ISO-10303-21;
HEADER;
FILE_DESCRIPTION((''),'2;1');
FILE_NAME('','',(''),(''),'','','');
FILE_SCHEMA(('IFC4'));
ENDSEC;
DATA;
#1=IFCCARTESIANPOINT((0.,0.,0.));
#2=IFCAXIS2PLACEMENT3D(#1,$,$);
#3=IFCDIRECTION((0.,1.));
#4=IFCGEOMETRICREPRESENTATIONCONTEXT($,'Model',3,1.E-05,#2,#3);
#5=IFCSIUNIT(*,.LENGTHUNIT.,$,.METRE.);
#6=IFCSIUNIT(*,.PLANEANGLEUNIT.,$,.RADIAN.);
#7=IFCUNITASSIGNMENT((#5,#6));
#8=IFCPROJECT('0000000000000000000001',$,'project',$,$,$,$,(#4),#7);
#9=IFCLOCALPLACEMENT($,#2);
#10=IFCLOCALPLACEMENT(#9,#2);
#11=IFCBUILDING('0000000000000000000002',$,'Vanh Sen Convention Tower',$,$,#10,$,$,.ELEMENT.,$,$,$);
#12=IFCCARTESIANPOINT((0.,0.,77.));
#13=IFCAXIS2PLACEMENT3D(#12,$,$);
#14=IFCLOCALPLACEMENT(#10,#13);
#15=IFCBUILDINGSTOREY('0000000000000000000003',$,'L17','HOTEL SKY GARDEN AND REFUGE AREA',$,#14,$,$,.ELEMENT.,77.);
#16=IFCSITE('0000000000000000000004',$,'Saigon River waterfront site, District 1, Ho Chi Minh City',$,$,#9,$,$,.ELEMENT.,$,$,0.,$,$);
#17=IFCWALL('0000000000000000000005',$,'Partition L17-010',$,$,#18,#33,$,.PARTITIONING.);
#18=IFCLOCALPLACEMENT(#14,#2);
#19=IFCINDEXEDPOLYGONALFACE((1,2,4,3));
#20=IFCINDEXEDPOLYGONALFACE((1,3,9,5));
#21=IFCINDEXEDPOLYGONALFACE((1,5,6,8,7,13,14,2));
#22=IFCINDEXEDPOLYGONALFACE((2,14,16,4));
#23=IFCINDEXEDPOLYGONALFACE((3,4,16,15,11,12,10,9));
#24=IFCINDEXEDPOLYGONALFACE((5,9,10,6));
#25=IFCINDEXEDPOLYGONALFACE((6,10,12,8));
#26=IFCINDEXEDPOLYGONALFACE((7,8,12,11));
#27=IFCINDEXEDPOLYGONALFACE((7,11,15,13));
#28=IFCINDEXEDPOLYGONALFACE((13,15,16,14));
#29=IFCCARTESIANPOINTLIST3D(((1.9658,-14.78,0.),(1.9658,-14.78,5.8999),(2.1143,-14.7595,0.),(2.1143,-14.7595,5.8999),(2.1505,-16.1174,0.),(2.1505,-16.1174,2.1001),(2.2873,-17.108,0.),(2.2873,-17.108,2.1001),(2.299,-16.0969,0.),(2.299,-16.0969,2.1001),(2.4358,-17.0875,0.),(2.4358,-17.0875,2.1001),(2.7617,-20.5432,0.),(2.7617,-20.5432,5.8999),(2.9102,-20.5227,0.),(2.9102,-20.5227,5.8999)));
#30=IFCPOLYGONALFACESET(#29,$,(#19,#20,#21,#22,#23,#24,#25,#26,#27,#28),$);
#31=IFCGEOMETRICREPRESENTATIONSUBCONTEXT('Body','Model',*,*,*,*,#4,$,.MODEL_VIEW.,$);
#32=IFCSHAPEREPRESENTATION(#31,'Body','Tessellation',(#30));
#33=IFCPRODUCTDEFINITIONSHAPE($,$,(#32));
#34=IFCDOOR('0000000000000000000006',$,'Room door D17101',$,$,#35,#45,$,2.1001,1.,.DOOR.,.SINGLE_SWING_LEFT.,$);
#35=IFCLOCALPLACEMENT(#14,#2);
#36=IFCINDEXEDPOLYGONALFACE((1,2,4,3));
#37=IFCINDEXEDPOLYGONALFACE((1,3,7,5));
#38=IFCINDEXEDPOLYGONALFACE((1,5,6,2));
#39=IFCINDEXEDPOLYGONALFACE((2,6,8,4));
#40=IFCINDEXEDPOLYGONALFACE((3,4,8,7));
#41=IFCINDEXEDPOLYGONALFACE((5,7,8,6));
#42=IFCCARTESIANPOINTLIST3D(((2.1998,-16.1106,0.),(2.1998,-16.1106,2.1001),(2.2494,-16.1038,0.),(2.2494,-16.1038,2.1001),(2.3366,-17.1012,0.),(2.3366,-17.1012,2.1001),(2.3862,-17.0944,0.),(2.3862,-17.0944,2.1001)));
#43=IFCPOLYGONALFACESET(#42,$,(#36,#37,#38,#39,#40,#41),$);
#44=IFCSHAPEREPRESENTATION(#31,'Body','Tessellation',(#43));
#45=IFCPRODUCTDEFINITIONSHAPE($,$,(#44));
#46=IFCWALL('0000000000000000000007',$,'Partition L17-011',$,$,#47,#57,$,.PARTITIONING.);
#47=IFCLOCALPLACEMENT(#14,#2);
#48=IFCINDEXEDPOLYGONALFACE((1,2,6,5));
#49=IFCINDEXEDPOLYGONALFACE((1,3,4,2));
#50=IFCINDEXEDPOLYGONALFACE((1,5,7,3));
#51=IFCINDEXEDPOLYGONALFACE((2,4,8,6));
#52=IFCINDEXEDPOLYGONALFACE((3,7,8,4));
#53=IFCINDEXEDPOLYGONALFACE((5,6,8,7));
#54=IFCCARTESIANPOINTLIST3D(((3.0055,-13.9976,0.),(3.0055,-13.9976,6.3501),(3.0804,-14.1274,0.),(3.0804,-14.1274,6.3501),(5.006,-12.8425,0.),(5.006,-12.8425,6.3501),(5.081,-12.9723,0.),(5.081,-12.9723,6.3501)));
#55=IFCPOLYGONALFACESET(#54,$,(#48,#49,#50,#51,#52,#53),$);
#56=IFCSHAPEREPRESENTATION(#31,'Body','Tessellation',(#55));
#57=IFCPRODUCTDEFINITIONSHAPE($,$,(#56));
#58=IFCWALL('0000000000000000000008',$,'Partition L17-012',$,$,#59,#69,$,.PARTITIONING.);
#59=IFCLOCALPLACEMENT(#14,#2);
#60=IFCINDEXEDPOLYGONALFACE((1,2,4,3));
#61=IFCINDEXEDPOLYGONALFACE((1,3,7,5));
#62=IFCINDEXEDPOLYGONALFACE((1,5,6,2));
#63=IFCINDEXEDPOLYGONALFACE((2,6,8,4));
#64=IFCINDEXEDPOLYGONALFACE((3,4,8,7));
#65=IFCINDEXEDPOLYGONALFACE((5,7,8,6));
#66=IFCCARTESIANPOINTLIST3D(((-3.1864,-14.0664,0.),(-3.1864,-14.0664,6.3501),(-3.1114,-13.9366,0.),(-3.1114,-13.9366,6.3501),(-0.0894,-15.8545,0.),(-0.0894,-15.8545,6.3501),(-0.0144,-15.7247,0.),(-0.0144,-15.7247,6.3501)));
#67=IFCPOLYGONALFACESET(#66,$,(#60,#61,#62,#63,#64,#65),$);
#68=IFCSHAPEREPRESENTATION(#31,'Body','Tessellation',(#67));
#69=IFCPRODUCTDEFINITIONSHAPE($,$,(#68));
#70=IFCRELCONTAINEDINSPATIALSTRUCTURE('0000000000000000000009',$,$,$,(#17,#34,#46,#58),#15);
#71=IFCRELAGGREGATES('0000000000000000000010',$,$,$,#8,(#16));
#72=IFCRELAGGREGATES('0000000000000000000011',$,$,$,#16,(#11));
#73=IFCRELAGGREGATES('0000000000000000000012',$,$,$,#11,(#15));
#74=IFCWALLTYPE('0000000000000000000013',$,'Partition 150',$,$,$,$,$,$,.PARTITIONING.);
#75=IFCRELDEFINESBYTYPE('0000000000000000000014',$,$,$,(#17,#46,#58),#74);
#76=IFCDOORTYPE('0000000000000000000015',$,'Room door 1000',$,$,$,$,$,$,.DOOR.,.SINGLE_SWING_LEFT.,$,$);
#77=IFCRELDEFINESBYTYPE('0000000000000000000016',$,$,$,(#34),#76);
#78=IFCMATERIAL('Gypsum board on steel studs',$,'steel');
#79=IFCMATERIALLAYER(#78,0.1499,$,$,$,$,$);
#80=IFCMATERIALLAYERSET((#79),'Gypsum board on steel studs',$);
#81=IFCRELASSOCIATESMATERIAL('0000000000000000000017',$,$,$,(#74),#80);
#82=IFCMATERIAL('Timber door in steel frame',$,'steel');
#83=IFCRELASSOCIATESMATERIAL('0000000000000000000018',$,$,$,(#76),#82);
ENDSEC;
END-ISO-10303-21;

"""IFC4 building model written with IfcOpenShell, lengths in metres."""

from ifc_helpers import new_model, si_unit, direction, frame, frame_2d, origin, place, context, subcontext, project, spatial, rectangle, extrude, material, layer, layer_set, type_object, element, fill, save


model = new_model("IFC4")

# Units and contexts
model_context = context("Model", 3, precision=1e-05, world=origin(), true_north=direction((0.0, 1.0)))
body_context = subcontext(model_context, "Body", "Model", "MODEL_VIEW")
ifc_project = project(units=[si_unit("LENGTHUNIT", "METRE"), si_unit("PLANEANGLEUNIT", "RADIAN")], contexts=[model_context])

# Site, building, storey
site_placement = place(None, origin())
site = spatial("IfcSite", under=ifc_project, at=site_placement, Name="Saigon River waterfront site, District 1, Ho Chi Minh City", CompositionType="ELEMENT", RefElevation=0.0)
building_placement = place(site_placement, origin())
building = spatial("IfcBuilding", under=site, at=building_placement, Name="Vanh Sen Convention Tower", CompositionType="ELEMENT")
storey_placement = place(building_placement, frame((0.0, 0.0, 77.0)))
storey = spatial("IfcBuildingStorey", under=building, at=storey_placement, Name="L17", Description="HOTEL SKY GARDEN AND REFUGE AREA", CompositionType="ELEMENT", Elevation=77.0)

# Shared definitions
ifc_material_1 = material(Name="Gypsum board on steel studs", Category="steel")
ifc_layer_1 = layer(ifc_material_1, 0.1499)
ifc_layer_set_1 = layer_set([ifc_layer_1], Name="Gypsum board on steel studs")
wall_type = type_object("IfcWallType", Name="Partition 150", PredefinedType="PARTITIONING", material=ifc_layer_set_1)

# Wall, opening, door
wall_1_placement = place(storey_placement, frame((2.04, -14.7698, 0.0), z_axis=(0.0, 0.0, 1.0), x_axis=(0.136802, -0.990598, 0.0)))
wall_1 = element("IfcWall", 1, at=wall_1_placement, inside=storey, type_object=wall_type, Name="Partition L17-010", PredefinedType="PARTITIONING", context=body_context, shape_type="SweptSolid", body=[
    extrude(rectangle(XDim=5.8179, YDim=0.1499, at=frame_2d((2.9089, 0.0))), origin(), (0.0, 0.0, 1.0), 5.8999),
])
opening_placement = place(wall_1_placement, frame((1.3501, 0.0, 0.0)))
opening = element("IfcOpeningElement", 2, at=opening_placement, cuts=wall_1, PredefinedType="OPENING", context=body_context, shape_type="SweptSolid", body=[
    extrude(rectangle(XDim=1.0, YDim=2.1001, at=frame_2d((0.5, 1.05))), frame((0.0, 0.085, 0.0), z_axis=(0.0, -1.0, 0.0), x_axis=(1.0, 0.0, 0.0)), (0.0, 0.0, 1.0), 0.1699),
])
ifc_material_2 = material(Name="Timber door in steel frame", Category="steel")
door_type = type_object("IfcDoorType", Name="Room door 1000", OperationType="SINGLE_SWING_LEFT", PredefinedType="DOOR", material=ifc_material_2)
door_placement = place(opening_placement, origin())
door = element("IfcDoor", 3, at=door_placement, inside=storey, type_object=door_type, Name="Room door D17101", OperationType="SINGLE_SWING_LEFT", OverallHeight=2.1001, OverallWidth=1.0, PredefinedType="DOOR", context=body_context, shape_type="SweptSolid", body=[
    extrude(rectangle(XDim=1.0, YDim=2.1001, at=frame_2d((0.5, 1.05))), frame((0.0, 0.0249, 0.0), z_axis=(0.0, -1.0, 0.0), x_axis=(1.0, 0.0, 0.0)), (0.0, 0.0, 1.0), 0.05),
])
fill(opening, door)

# Walls
wall_2_placement = place(storey_placement, frame((3.043, -14.0625, 0.0), z_axis=(0.0, 0.0, 1.0), x_axis=(0.866017, 0.500015, 0.0)))
element("IfcWall", 4, at=wall_2_placement, inside=storey, type_object=wall_type, Name="Partition L17-011", PredefinedType="PARTITIONING", context=body_context, shape_type="SweptSolid", body=[
    extrude(rectangle(XDim=2.3101, YDim=0.1499, at=frame_2d((1.155, 0.0))), origin(), (0.0, 0.0, 1.0), 6.3501),
])
wall_3_placement = place(storey_placement, frame((-3.1489, -14.0015, 0.0), z_axis=(0.0, 0.0, 1.0), x_axis=(0.866016, -0.500016, 0.0)))
element("IfcWall", 5, at=wall_3_placement, inside=storey, type_object=wall_type, Name="Partition L17-012", PredefinedType="PARTITIONING", context=body_context, shape_type="SweptSolid", body=[
    extrude(rectangle(XDim=3.5762, YDim=0.1499, at=frame_2d((1.7881, 0.0))), origin(), (0.0, 0.0, 1.0), 6.3501),
])

save(model, "model.ifc")
